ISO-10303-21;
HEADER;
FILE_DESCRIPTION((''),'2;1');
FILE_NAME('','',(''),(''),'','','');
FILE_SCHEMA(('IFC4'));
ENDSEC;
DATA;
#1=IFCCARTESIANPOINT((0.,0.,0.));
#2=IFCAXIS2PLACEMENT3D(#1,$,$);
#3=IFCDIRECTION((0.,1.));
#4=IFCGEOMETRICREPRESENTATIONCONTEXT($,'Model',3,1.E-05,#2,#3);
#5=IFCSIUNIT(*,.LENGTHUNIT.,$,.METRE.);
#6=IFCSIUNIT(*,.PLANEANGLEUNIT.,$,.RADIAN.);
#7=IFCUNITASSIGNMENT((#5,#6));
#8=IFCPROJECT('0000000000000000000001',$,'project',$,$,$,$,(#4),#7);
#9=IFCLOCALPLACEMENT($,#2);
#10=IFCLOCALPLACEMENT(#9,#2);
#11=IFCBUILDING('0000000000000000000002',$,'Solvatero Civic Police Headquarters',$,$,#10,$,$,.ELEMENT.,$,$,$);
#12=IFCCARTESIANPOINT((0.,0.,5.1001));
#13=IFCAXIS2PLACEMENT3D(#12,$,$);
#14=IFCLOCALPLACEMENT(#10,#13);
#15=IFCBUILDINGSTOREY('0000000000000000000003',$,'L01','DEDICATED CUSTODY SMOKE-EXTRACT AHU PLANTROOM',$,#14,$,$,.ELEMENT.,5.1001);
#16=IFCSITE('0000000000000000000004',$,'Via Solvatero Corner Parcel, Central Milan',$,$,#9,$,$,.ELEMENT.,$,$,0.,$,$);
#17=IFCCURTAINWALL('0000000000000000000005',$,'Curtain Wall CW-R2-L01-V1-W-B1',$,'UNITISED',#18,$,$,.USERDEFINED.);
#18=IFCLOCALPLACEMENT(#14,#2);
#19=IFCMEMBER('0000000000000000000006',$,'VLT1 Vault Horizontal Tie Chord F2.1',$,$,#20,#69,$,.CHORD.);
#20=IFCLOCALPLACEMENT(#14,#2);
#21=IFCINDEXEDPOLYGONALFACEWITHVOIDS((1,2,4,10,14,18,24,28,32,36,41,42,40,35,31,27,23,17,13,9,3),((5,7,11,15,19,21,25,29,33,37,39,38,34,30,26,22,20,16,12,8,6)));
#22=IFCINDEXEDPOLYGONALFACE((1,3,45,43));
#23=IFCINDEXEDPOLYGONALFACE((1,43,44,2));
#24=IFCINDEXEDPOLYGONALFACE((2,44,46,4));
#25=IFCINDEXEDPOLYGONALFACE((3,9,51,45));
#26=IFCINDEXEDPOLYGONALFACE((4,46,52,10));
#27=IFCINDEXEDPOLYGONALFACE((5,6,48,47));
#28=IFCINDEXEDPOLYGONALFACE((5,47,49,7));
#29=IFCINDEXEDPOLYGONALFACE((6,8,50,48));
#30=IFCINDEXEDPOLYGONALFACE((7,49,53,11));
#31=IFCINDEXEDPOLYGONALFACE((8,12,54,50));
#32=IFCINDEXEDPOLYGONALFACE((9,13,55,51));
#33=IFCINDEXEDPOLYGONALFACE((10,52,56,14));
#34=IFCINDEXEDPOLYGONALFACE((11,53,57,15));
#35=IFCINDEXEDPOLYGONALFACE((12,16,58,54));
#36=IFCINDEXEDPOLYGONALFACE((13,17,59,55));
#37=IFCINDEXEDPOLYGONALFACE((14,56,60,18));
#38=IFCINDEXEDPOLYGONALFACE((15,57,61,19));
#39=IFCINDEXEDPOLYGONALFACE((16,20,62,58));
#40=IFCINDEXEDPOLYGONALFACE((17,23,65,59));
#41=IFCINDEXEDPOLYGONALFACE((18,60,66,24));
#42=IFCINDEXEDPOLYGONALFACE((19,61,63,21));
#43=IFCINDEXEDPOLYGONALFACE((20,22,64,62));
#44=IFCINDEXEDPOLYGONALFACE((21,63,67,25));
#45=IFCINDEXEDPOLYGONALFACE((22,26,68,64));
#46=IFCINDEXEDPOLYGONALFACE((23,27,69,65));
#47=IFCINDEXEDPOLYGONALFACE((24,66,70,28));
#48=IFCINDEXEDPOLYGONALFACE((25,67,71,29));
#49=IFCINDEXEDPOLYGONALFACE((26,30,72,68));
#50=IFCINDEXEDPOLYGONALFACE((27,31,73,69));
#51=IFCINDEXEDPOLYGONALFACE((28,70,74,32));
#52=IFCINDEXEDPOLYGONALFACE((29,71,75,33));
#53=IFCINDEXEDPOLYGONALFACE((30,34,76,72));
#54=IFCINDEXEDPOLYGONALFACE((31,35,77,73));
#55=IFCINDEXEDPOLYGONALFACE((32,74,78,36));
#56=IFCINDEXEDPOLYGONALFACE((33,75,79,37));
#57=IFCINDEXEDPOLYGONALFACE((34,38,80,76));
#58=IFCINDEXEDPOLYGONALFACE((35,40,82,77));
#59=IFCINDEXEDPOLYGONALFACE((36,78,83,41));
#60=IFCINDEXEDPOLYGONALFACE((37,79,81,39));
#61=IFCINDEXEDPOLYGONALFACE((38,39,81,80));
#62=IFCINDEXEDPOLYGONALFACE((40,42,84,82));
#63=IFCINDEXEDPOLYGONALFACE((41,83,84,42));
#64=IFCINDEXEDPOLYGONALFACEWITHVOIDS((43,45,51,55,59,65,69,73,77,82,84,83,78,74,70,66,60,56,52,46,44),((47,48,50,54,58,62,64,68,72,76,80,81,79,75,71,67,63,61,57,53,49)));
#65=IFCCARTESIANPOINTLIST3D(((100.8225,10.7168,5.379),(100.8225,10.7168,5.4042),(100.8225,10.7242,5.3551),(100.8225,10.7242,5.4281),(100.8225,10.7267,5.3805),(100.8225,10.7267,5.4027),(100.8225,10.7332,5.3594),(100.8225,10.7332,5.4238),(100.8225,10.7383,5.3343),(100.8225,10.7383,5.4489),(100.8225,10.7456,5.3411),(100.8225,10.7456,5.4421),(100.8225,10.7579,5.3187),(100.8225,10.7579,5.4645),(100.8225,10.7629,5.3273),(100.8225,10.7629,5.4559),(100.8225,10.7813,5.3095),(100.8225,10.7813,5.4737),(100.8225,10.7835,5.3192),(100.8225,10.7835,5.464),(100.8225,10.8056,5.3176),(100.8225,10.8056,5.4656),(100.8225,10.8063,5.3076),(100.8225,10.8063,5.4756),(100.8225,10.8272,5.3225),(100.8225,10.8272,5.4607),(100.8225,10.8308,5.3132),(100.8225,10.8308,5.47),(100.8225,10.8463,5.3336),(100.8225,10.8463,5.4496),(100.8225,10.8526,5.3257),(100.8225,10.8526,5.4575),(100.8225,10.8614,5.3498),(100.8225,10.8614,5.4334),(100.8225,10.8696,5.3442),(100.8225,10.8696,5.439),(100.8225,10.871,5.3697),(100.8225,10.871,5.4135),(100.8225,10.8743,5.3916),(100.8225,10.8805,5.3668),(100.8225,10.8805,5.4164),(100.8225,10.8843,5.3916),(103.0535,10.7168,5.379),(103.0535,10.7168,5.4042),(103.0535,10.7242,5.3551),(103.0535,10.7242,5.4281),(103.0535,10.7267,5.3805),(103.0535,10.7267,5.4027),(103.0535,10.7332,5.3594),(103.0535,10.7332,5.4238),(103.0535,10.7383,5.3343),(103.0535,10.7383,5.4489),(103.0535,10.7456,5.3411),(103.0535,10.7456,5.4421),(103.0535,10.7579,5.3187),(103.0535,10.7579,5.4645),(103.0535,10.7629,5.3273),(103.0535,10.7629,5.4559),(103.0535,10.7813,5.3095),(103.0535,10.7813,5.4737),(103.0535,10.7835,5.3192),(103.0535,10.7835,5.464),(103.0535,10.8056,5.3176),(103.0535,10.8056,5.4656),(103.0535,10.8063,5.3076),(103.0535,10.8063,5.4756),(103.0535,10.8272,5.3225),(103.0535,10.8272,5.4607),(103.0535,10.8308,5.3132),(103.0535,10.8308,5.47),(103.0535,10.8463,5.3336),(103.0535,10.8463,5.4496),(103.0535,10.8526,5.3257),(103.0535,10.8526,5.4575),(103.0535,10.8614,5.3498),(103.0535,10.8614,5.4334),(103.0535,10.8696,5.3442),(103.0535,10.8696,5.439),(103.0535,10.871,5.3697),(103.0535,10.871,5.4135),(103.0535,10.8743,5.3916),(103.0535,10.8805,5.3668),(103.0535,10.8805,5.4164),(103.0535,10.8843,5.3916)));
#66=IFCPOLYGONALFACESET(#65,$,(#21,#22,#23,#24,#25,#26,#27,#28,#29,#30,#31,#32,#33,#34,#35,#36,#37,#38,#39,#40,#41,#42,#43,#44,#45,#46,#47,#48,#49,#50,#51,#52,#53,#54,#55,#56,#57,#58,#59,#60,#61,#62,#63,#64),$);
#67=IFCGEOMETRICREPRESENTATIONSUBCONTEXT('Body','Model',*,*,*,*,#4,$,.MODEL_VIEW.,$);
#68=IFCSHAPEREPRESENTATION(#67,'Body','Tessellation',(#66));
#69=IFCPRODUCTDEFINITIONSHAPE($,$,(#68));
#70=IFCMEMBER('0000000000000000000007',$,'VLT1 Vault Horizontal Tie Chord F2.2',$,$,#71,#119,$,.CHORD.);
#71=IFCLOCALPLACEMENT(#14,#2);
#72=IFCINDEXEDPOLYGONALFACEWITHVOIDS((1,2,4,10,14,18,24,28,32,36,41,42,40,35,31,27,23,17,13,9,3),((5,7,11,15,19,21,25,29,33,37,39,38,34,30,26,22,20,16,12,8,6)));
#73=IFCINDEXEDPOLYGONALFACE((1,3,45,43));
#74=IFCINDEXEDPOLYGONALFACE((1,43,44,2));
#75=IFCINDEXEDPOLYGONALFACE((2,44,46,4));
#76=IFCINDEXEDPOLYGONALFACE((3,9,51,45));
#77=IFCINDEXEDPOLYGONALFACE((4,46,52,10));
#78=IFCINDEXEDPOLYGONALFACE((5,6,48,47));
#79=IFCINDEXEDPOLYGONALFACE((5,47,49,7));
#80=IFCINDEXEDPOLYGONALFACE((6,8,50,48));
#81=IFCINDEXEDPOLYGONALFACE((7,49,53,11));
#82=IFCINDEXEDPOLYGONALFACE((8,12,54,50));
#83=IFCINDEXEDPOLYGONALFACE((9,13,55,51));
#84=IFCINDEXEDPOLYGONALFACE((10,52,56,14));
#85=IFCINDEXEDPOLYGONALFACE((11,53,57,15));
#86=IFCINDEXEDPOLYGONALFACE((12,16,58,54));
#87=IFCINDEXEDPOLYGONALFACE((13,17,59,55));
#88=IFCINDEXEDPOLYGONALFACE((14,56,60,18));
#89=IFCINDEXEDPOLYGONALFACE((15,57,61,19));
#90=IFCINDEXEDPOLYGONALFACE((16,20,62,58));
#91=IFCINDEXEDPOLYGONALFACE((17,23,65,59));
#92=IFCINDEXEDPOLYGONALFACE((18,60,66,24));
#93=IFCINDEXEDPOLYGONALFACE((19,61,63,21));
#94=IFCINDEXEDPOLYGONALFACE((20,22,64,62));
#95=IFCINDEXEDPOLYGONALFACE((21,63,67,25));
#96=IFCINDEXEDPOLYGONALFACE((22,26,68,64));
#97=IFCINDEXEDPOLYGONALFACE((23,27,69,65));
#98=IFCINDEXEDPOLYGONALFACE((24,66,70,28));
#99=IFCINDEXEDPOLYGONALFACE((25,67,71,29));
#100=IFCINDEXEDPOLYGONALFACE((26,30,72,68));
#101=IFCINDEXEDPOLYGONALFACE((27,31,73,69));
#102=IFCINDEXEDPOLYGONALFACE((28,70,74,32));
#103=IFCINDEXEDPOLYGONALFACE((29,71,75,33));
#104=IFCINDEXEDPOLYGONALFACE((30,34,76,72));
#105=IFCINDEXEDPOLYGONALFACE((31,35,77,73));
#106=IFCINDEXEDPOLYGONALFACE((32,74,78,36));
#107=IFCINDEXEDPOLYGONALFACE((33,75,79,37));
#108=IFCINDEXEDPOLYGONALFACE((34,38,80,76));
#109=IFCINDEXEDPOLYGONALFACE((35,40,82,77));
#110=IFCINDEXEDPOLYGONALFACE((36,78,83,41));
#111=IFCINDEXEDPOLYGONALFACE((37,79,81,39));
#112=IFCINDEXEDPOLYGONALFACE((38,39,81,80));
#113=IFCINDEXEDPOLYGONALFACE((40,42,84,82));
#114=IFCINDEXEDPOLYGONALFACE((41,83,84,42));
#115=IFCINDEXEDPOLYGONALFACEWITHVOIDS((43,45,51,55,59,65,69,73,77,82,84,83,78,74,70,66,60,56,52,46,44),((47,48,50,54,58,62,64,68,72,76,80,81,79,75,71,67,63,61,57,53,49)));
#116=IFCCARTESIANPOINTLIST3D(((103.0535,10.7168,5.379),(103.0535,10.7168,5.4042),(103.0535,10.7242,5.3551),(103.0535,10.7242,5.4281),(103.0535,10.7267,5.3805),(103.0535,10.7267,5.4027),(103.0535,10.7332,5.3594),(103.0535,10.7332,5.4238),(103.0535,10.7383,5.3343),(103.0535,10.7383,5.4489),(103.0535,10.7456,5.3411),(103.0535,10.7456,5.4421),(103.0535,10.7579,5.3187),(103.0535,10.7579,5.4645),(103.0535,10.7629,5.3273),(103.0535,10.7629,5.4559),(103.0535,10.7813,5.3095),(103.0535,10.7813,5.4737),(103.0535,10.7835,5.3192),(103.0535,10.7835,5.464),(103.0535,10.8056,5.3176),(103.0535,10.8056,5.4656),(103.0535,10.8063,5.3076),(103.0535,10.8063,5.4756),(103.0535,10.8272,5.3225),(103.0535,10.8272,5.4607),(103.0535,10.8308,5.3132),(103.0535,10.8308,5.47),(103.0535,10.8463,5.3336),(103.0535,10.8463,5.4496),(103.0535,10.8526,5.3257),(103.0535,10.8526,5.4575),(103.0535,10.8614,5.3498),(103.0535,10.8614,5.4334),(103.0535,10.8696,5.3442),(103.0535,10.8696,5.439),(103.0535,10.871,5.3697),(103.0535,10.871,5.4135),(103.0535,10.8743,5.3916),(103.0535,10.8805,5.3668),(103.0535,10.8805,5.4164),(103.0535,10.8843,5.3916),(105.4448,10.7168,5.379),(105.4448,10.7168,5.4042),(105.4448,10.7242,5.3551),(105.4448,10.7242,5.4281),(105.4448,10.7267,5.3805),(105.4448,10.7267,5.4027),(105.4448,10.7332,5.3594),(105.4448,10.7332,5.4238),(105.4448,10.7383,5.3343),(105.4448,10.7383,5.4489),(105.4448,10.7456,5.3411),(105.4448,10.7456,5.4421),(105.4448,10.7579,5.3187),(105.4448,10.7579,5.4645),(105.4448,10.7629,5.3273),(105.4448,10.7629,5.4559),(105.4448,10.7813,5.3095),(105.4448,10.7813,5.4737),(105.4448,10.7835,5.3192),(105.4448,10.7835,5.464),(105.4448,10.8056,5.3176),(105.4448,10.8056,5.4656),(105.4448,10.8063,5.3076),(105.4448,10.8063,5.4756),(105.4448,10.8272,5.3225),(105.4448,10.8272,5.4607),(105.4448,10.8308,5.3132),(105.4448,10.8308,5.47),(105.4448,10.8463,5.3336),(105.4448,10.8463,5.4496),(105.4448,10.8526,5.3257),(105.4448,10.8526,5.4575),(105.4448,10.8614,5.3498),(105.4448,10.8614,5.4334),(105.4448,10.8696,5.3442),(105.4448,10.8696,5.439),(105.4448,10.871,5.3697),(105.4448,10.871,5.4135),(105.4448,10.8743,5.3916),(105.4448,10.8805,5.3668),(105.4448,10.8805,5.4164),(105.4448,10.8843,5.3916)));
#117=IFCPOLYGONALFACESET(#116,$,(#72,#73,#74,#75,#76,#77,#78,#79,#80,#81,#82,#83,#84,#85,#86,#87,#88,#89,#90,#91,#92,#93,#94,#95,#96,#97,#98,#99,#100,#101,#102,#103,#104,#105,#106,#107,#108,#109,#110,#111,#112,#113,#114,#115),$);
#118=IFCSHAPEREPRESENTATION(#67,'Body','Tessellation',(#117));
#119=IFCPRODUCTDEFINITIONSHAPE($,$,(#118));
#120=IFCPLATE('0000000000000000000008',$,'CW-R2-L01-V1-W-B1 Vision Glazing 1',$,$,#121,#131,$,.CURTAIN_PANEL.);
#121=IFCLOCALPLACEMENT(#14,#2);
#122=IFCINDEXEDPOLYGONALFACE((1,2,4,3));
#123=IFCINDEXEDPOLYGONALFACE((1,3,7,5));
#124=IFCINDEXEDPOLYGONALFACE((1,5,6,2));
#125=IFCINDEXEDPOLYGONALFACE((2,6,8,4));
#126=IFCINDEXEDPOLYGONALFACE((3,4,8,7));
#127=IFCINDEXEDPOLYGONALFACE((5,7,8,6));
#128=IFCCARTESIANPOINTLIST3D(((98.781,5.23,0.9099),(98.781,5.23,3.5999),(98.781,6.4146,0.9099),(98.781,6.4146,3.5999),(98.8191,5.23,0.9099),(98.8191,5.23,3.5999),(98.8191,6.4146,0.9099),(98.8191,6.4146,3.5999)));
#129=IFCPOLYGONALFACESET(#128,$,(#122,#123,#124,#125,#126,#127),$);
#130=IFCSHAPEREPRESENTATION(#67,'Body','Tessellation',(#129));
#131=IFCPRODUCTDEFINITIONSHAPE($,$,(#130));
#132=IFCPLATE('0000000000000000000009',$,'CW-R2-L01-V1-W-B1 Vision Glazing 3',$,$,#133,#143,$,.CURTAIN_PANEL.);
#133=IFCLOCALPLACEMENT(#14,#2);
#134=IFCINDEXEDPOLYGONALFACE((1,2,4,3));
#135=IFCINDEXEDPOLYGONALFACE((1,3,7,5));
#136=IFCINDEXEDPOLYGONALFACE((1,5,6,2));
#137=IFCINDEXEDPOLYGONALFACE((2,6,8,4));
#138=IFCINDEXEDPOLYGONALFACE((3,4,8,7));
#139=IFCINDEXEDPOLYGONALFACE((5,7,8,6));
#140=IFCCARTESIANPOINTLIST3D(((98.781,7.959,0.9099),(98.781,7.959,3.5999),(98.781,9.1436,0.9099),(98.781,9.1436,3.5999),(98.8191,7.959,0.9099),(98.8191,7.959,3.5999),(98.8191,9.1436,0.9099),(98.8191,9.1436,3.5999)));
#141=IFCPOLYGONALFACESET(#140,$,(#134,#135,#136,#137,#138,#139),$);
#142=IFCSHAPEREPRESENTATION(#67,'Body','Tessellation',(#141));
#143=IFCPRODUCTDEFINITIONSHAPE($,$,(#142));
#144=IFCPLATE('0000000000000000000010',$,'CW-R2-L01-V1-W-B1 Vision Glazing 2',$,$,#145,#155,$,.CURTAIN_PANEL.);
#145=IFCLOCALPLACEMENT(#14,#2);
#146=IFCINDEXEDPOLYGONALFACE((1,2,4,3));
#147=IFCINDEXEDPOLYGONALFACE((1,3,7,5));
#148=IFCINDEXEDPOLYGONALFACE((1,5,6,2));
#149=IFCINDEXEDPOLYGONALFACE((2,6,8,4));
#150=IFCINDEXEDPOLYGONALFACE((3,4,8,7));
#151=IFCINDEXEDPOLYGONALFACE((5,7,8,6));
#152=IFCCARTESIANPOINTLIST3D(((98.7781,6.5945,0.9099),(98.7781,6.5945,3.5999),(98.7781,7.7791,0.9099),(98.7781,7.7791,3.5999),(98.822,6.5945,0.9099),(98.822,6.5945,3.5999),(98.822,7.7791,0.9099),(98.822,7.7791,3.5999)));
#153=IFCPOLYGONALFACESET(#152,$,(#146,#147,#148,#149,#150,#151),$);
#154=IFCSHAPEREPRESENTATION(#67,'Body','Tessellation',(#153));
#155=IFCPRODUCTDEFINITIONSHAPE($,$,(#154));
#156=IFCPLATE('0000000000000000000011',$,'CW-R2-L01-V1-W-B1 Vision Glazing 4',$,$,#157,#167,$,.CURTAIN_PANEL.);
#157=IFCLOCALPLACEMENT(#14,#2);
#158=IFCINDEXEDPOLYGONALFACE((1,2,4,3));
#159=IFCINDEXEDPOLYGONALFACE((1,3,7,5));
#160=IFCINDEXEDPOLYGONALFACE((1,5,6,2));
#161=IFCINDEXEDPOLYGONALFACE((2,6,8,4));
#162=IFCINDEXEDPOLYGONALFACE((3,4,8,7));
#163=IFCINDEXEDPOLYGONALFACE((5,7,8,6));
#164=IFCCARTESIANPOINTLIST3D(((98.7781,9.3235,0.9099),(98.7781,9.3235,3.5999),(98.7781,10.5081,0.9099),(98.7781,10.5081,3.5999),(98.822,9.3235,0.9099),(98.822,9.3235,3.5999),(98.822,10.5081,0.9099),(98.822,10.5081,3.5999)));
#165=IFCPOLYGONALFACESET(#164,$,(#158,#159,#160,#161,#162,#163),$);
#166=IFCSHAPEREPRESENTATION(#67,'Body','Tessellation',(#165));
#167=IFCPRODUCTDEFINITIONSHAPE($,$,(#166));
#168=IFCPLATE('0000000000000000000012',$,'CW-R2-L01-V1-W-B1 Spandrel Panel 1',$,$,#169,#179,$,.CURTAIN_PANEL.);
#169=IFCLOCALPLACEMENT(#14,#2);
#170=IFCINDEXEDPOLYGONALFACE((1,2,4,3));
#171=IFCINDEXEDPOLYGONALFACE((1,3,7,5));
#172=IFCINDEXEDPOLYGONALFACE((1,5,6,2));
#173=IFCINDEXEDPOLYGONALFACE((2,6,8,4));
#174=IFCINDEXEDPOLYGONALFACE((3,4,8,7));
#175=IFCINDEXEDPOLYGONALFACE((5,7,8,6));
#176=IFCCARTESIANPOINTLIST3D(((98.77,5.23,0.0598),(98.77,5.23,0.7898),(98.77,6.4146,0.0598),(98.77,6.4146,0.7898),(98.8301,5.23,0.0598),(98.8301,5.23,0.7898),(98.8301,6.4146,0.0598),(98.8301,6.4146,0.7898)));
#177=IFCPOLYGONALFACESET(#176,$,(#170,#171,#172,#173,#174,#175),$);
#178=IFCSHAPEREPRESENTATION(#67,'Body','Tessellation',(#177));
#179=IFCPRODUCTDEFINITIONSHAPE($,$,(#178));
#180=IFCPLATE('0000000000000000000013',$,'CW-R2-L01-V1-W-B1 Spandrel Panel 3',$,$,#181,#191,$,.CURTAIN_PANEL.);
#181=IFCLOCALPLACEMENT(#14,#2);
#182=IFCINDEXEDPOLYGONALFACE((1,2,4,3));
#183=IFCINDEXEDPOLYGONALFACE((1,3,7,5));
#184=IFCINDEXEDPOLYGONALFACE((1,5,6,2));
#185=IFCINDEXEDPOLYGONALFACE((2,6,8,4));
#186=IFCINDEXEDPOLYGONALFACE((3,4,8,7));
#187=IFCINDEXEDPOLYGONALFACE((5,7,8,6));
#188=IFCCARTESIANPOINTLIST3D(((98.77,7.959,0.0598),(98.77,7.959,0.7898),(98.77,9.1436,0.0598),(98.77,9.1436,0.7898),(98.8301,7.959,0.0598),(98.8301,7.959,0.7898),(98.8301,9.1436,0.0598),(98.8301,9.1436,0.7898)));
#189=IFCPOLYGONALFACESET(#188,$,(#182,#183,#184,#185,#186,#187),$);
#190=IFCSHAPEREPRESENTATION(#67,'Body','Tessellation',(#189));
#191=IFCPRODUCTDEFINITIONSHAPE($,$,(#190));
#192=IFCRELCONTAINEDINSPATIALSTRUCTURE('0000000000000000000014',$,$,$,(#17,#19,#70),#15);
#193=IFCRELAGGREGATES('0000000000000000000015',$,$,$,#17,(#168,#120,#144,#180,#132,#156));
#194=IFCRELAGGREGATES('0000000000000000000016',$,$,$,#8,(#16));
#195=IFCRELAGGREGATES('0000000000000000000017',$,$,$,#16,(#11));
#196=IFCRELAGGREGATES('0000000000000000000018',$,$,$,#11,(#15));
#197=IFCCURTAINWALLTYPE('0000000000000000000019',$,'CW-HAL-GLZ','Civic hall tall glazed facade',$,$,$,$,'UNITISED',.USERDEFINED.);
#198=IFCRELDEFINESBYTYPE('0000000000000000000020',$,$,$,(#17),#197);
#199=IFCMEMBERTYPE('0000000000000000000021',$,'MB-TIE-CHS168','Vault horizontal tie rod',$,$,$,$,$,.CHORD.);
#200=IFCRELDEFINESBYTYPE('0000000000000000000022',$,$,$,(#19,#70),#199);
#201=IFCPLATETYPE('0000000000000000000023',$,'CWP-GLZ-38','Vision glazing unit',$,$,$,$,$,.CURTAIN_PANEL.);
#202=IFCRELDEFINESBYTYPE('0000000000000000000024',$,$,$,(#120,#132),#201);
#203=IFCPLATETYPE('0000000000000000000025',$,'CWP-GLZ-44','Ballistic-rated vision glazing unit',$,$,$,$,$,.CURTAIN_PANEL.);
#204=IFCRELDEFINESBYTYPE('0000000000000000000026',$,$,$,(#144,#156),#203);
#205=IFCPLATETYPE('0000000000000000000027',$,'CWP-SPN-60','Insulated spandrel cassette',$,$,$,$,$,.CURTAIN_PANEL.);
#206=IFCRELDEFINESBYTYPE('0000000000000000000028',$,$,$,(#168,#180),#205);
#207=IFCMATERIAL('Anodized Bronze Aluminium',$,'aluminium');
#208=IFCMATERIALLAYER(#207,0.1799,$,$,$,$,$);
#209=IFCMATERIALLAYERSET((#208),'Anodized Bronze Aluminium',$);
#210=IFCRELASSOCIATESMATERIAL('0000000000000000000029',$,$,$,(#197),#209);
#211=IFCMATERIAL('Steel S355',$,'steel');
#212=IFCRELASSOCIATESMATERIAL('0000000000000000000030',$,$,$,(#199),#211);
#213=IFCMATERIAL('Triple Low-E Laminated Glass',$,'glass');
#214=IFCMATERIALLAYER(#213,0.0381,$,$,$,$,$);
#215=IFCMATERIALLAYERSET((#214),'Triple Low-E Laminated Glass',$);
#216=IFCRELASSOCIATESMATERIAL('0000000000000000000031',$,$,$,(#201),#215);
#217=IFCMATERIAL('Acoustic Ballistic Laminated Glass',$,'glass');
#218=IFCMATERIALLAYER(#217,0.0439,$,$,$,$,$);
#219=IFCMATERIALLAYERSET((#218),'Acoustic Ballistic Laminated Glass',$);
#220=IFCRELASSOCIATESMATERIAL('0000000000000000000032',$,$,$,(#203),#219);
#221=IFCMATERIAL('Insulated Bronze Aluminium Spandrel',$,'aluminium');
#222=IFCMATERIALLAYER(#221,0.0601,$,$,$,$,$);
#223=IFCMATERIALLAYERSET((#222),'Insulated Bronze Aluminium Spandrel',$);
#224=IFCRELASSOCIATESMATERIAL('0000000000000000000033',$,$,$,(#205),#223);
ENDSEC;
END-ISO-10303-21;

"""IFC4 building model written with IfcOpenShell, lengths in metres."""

from ifc_helpers import new_model, si_unit, direction, frame, origin, origin_2d, place, context, subcontext, project, spatial, rectangle, hollow_circle, extrude, material, layer, layer_set, material_profile, profile_set, type_object, element, aggregate, save


model = new_model("IFC4")

# Units and contexts
model_context = context("Model", 3, precision=1e-05, world=origin(), true_north=direction((0.0, 1.0)))
body_context = subcontext(model_context, "Body", "Model", "MODEL_VIEW")
ifc_project = project(units=[si_unit("LENGTHUNIT", "METRE"), si_unit("PLANEANGLEUNIT", "RADIAN")], contexts=[model_context])

# Site, building, storey
site_placement = place(None, origin())
site = spatial("IfcSite", under=ifc_project, at=site_placement, Name="Via Solvatero Corner Parcel, Central Milan", CompositionType="ELEMENT", RefElevation=0.0)
building_placement = place(site_placement, origin())
building = spatial("IfcBuilding", under=site, at=building_placement, Name="Solvatero Civic Police Headquarters", CompositionType="ELEMENT")
storey_placement = place(building_placement, frame((0.0, 0.0, 5.1001)))
storey = spatial("IfcBuildingStorey", under=building, at=storey_placement, Name="L01", Description="DEDICATED CUSTODY SMOKE-EXTRACT AHU PLANTROOM", CompositionType="ELEMENT", Elevation=5.1001)

# Shared definitions
ifc_material_1 = material(Name="Steel S355", Category="steel")

# Curtain wall
ifc_material_2 = material(Name="Anodized Bronze Aluminium", Category="aluminium")
ifc_layer_1 = layer(ifc_material_2, 0.1799)
ifc_layer_set_1 = layer_set([ifc_layer_1], Name="Anodized Bronze Aluminium")
curtain_wall_type = type_object("IfcCurtainWallType", Name="CW-HAL-GLZ", Description="Civic hall tall glazed facade", ElementType="UNITISED", PredefinedType="USERDEFINED", material=ifc_layer_set_1)
curtain_wall_placement = place(storey_placement, origin())
curtain_wall = element("IfcCurtainWall", 1, at=curtain_wall_placement, inside=storey, type_object=curtain_wall_type, Name="Curtain Wall CW-R2-L01-V1-W-B1", ObjectType="UNITISED", PredefinedType="USERDEFINED")

# Members
ifc_material_profile_1 = material_profile(ifc_material_1, hollow_circle(Radius=0.0842, WallThickness=0.01, at=origin_2d()), Name="CHS 168.3x10.0")
ifc_profile_set_1 = profile_set([ifc_material_profile_1], Name="Steel S355")
member_type_1 = type_object("IfcMemberType", Name="MB-TIE-CHS168", Description="Vault horizontal tie rod", PredefinedType="CHORD", material=ifc_profile_set_1)
member_1_placement = place(storey_placement, frame((100.8225, 10.8, 5.3916), z_axis=(1.0, 0.0, 0.0), x_axis=(0.0, 1.0, 0.0)))
element("IfcMember", 2, at=member_1_placement, inside=storey, type_object=member_type_1, Name="VLT1 Vault Horizontal Tie Chord F2.1", PredefinedType="CHORD", context=body_context, shape_type="SweptSolid", body=[
    extrude(hollow_circle(Radius=0.0842, WallThickness=0.01, at=origin_2d()), origin(), (0.0, 0.0, 1.0), 2.231),
])
member_2_placement = place(storey_placement, frame((103.0535, 10.8, 5.3916), z_axis=(1.0, 0.0, 0.0), x_axis=(0.0, 1.0, 0.0)))
element("IfcMember", 3, at=member_2_placement, inside=storey, type_object=member_type_1, Name="VLT1 Vault Horizontal Tie Chord F2.2", PredefinedType="CHORD", context=body_context, shape_type="SweptSolid", body=[
    extrude(hollow_circle(Radius=0.0842, WallThickness=0.01, at=origin_2d()), origin(), (0.0, 0.0, 1.0), 2.3914),
])

# Plates
ifc_material_3 = material(Name="Triple Low-E Laminated Glass", Category="glass")
ifc_layer_2 = layer(ifc_material_3, 0.0381)
ifc_layer_set_2 = layer_set([ifc_layer_2], Name="Triple Low-E Laminated Glass")
plate_type_1 = type_object("IfcPlateType", Name="CWP-GLZ-38", Description="Vision glazing unit", PredefinedType="CURTAIN_PANEL", material=ifc_layer_set_2)
plate_1_placement = place(storey_placement, frame((98.8, 5.8223, 0.9099), z_axis=(0.0, 0.0, 1.0), x_axis=(0.0, 1.0, 0.0)))
plate_1 = element("IfcPlate", 4, at=plate_1_placement, type_object=plate_type_1, Name="CW-R2-L01-V1-W-B1 Vision Glazing 1", PredefinedType="CURTAIN_PANEL", context=body_context, shape_type="SweptSolid", body=[
    extrude(rectangle(XDim=1.1846, YDim=0.0381, at=origin_2d()), origin(), (0.0, 0.0, 1.0), 2.6899),
])
plate_2_placement = place(storey_placement, frame((98.8, 8.5513, 0.9099), z_axis=(0.0, 0.0, 1.0), x_axis=(0.0, 1.0, 0.0)))
plate_2 = element("IfcPlate", 5, at=plate_2_placement, type_object=plate_type_1, Name="CW-R2-L01-V1-W-B1 Vision Glazing 3", PredefinedType="CURTAIN_PANEL", context=body_context, shape_type="SweptSolid", body=[
    extrude(rectangle(XDim=1.1846, YDim=0.0381, at=origin_2d()), origin(), (0.0, 0.0, 1.0), 2.6899),
])
ifc_material_4 = material(Name="Acoustic Ballistic Laminated Glass", Category="glass")
ifc_layer_3 = layer(ifc_material_4, 0.0439)
ifc_layer_set_3 = layer_set([ifc_layer_3], Name="Acoustic Ballistic Laminated Glass")
plate_type_2 = type_object("IfcPlateType", Name="CWP-GLZ-44", Description="Ballistic-rated vision glazing unit", PredefinedType="CURTAIN_PANEL", material=ifc_layer_set_3)
plate_3_placement = place(storey_placement, frame((98.8, 7.1868, 0.9099), z_axis=(0.0, 0.0, 1.0), x_axis=(0.0, 1.0, 0.0)))
plate_3 = element("IfcPlate", 6, at=plate_3_placement, type_object=plate_type_2, Name="CW-R2-L01-V1-W-B1 Vision Glazing 2", PredefinedType="CURTAIN_PANEL", context=body_context, shape_type="SweptSolid", body=[
    extrude(rectangle(XDim=1.1846, YDim=0.0439, at=origin_2d()), origin(), (0.0, 0.0, 1.0), 2.6899),
])
plate_4_placement = place(storey_placement, frame((98.8, 9.9158, 0.9099), z_axis=(0.0, 0.0, 1.0), x_axis=(0.0, 1.0, 0.0)))
plate_4 = element("IfcPlate", 7, at=plate_4_placement, type_object=plate_type_2, Name="CW-R2-L01-V1-W-B1 Vision Glazing 4", PredefinedType="CURTAIN_PANEL", context=body_context, shape_type="SweptSolid", body=[
    extrude(rectangle(XDim=1.1846, YDim=0.0439, at=origin_2d()), origin(), (0.0, 0.0, 1.0), 2.6899),
])
ifc_material_5 = material(Name="Insulated Bronze Aluminium Spandrel", Category="aluminium")
ifc_layer_4 = layer(ifc_material_5, 0.0601)
ifc_layer_set_4 = layer_set([ifc_layer_4], Name="Insulated Bronze Aluminium Spandrel")
plate_type_3 = type_object("IfcPlateType", Name="CWP-SPN-60", Description="Insulated spandrel cassette", PredefinedType="CURTAIN_PANEL", material=ifc_layer_set_4)
plate_5_placement = place(storey_placement, frame((98.8, 5.8223, 0.0598), z_axis=(0.0, 0.0, 1.0), x_axis=(0.0, 1.0, 0.0)))
plate_5 = element("IfcPlate", 8, at=plate_5_placement, type_object=plate_type_3, Name="CW-R2-L01-V1-W-B1 Spandrel Panel 1", PredefinedType="CURTAIN_PANEL", context=body_context, shape_type="SweptSolid", body=[
    extrude(rectangle(XDim=1.1846, YDim=0.0601, at=origin_2d()), origin(), (0.0, 0.0, 1.0), 0.73),
])
plate_6_placement = place(storey_placement, frame((98.8, 8.5513, 0.0598), z_axis=(0.0, 0.0, 1.0), x_axis=(0.0, 1.0, 0.0)))
plate_6 = element("IfcPlate", 9, at=plate_6_placement, type_object=plate_type_3, Name="CW-R2-L01-V1-W-B1 Spandrel Panel 3", PredefinedType="CURTAIN_PANEL", context=body_context, shape_type="SweptSolid", body=[
    extrude(rectangle(XDim=1.1846, YDim=0.0601, at=origin_2d()), origin(), (0.0, 0.0, 1.0), 0.73),
])
aggregate(curtain_wall, [plate_5, plate_1, plate_3, plate_6, plate_2, plate_4])

save(model, "model.ifc")
